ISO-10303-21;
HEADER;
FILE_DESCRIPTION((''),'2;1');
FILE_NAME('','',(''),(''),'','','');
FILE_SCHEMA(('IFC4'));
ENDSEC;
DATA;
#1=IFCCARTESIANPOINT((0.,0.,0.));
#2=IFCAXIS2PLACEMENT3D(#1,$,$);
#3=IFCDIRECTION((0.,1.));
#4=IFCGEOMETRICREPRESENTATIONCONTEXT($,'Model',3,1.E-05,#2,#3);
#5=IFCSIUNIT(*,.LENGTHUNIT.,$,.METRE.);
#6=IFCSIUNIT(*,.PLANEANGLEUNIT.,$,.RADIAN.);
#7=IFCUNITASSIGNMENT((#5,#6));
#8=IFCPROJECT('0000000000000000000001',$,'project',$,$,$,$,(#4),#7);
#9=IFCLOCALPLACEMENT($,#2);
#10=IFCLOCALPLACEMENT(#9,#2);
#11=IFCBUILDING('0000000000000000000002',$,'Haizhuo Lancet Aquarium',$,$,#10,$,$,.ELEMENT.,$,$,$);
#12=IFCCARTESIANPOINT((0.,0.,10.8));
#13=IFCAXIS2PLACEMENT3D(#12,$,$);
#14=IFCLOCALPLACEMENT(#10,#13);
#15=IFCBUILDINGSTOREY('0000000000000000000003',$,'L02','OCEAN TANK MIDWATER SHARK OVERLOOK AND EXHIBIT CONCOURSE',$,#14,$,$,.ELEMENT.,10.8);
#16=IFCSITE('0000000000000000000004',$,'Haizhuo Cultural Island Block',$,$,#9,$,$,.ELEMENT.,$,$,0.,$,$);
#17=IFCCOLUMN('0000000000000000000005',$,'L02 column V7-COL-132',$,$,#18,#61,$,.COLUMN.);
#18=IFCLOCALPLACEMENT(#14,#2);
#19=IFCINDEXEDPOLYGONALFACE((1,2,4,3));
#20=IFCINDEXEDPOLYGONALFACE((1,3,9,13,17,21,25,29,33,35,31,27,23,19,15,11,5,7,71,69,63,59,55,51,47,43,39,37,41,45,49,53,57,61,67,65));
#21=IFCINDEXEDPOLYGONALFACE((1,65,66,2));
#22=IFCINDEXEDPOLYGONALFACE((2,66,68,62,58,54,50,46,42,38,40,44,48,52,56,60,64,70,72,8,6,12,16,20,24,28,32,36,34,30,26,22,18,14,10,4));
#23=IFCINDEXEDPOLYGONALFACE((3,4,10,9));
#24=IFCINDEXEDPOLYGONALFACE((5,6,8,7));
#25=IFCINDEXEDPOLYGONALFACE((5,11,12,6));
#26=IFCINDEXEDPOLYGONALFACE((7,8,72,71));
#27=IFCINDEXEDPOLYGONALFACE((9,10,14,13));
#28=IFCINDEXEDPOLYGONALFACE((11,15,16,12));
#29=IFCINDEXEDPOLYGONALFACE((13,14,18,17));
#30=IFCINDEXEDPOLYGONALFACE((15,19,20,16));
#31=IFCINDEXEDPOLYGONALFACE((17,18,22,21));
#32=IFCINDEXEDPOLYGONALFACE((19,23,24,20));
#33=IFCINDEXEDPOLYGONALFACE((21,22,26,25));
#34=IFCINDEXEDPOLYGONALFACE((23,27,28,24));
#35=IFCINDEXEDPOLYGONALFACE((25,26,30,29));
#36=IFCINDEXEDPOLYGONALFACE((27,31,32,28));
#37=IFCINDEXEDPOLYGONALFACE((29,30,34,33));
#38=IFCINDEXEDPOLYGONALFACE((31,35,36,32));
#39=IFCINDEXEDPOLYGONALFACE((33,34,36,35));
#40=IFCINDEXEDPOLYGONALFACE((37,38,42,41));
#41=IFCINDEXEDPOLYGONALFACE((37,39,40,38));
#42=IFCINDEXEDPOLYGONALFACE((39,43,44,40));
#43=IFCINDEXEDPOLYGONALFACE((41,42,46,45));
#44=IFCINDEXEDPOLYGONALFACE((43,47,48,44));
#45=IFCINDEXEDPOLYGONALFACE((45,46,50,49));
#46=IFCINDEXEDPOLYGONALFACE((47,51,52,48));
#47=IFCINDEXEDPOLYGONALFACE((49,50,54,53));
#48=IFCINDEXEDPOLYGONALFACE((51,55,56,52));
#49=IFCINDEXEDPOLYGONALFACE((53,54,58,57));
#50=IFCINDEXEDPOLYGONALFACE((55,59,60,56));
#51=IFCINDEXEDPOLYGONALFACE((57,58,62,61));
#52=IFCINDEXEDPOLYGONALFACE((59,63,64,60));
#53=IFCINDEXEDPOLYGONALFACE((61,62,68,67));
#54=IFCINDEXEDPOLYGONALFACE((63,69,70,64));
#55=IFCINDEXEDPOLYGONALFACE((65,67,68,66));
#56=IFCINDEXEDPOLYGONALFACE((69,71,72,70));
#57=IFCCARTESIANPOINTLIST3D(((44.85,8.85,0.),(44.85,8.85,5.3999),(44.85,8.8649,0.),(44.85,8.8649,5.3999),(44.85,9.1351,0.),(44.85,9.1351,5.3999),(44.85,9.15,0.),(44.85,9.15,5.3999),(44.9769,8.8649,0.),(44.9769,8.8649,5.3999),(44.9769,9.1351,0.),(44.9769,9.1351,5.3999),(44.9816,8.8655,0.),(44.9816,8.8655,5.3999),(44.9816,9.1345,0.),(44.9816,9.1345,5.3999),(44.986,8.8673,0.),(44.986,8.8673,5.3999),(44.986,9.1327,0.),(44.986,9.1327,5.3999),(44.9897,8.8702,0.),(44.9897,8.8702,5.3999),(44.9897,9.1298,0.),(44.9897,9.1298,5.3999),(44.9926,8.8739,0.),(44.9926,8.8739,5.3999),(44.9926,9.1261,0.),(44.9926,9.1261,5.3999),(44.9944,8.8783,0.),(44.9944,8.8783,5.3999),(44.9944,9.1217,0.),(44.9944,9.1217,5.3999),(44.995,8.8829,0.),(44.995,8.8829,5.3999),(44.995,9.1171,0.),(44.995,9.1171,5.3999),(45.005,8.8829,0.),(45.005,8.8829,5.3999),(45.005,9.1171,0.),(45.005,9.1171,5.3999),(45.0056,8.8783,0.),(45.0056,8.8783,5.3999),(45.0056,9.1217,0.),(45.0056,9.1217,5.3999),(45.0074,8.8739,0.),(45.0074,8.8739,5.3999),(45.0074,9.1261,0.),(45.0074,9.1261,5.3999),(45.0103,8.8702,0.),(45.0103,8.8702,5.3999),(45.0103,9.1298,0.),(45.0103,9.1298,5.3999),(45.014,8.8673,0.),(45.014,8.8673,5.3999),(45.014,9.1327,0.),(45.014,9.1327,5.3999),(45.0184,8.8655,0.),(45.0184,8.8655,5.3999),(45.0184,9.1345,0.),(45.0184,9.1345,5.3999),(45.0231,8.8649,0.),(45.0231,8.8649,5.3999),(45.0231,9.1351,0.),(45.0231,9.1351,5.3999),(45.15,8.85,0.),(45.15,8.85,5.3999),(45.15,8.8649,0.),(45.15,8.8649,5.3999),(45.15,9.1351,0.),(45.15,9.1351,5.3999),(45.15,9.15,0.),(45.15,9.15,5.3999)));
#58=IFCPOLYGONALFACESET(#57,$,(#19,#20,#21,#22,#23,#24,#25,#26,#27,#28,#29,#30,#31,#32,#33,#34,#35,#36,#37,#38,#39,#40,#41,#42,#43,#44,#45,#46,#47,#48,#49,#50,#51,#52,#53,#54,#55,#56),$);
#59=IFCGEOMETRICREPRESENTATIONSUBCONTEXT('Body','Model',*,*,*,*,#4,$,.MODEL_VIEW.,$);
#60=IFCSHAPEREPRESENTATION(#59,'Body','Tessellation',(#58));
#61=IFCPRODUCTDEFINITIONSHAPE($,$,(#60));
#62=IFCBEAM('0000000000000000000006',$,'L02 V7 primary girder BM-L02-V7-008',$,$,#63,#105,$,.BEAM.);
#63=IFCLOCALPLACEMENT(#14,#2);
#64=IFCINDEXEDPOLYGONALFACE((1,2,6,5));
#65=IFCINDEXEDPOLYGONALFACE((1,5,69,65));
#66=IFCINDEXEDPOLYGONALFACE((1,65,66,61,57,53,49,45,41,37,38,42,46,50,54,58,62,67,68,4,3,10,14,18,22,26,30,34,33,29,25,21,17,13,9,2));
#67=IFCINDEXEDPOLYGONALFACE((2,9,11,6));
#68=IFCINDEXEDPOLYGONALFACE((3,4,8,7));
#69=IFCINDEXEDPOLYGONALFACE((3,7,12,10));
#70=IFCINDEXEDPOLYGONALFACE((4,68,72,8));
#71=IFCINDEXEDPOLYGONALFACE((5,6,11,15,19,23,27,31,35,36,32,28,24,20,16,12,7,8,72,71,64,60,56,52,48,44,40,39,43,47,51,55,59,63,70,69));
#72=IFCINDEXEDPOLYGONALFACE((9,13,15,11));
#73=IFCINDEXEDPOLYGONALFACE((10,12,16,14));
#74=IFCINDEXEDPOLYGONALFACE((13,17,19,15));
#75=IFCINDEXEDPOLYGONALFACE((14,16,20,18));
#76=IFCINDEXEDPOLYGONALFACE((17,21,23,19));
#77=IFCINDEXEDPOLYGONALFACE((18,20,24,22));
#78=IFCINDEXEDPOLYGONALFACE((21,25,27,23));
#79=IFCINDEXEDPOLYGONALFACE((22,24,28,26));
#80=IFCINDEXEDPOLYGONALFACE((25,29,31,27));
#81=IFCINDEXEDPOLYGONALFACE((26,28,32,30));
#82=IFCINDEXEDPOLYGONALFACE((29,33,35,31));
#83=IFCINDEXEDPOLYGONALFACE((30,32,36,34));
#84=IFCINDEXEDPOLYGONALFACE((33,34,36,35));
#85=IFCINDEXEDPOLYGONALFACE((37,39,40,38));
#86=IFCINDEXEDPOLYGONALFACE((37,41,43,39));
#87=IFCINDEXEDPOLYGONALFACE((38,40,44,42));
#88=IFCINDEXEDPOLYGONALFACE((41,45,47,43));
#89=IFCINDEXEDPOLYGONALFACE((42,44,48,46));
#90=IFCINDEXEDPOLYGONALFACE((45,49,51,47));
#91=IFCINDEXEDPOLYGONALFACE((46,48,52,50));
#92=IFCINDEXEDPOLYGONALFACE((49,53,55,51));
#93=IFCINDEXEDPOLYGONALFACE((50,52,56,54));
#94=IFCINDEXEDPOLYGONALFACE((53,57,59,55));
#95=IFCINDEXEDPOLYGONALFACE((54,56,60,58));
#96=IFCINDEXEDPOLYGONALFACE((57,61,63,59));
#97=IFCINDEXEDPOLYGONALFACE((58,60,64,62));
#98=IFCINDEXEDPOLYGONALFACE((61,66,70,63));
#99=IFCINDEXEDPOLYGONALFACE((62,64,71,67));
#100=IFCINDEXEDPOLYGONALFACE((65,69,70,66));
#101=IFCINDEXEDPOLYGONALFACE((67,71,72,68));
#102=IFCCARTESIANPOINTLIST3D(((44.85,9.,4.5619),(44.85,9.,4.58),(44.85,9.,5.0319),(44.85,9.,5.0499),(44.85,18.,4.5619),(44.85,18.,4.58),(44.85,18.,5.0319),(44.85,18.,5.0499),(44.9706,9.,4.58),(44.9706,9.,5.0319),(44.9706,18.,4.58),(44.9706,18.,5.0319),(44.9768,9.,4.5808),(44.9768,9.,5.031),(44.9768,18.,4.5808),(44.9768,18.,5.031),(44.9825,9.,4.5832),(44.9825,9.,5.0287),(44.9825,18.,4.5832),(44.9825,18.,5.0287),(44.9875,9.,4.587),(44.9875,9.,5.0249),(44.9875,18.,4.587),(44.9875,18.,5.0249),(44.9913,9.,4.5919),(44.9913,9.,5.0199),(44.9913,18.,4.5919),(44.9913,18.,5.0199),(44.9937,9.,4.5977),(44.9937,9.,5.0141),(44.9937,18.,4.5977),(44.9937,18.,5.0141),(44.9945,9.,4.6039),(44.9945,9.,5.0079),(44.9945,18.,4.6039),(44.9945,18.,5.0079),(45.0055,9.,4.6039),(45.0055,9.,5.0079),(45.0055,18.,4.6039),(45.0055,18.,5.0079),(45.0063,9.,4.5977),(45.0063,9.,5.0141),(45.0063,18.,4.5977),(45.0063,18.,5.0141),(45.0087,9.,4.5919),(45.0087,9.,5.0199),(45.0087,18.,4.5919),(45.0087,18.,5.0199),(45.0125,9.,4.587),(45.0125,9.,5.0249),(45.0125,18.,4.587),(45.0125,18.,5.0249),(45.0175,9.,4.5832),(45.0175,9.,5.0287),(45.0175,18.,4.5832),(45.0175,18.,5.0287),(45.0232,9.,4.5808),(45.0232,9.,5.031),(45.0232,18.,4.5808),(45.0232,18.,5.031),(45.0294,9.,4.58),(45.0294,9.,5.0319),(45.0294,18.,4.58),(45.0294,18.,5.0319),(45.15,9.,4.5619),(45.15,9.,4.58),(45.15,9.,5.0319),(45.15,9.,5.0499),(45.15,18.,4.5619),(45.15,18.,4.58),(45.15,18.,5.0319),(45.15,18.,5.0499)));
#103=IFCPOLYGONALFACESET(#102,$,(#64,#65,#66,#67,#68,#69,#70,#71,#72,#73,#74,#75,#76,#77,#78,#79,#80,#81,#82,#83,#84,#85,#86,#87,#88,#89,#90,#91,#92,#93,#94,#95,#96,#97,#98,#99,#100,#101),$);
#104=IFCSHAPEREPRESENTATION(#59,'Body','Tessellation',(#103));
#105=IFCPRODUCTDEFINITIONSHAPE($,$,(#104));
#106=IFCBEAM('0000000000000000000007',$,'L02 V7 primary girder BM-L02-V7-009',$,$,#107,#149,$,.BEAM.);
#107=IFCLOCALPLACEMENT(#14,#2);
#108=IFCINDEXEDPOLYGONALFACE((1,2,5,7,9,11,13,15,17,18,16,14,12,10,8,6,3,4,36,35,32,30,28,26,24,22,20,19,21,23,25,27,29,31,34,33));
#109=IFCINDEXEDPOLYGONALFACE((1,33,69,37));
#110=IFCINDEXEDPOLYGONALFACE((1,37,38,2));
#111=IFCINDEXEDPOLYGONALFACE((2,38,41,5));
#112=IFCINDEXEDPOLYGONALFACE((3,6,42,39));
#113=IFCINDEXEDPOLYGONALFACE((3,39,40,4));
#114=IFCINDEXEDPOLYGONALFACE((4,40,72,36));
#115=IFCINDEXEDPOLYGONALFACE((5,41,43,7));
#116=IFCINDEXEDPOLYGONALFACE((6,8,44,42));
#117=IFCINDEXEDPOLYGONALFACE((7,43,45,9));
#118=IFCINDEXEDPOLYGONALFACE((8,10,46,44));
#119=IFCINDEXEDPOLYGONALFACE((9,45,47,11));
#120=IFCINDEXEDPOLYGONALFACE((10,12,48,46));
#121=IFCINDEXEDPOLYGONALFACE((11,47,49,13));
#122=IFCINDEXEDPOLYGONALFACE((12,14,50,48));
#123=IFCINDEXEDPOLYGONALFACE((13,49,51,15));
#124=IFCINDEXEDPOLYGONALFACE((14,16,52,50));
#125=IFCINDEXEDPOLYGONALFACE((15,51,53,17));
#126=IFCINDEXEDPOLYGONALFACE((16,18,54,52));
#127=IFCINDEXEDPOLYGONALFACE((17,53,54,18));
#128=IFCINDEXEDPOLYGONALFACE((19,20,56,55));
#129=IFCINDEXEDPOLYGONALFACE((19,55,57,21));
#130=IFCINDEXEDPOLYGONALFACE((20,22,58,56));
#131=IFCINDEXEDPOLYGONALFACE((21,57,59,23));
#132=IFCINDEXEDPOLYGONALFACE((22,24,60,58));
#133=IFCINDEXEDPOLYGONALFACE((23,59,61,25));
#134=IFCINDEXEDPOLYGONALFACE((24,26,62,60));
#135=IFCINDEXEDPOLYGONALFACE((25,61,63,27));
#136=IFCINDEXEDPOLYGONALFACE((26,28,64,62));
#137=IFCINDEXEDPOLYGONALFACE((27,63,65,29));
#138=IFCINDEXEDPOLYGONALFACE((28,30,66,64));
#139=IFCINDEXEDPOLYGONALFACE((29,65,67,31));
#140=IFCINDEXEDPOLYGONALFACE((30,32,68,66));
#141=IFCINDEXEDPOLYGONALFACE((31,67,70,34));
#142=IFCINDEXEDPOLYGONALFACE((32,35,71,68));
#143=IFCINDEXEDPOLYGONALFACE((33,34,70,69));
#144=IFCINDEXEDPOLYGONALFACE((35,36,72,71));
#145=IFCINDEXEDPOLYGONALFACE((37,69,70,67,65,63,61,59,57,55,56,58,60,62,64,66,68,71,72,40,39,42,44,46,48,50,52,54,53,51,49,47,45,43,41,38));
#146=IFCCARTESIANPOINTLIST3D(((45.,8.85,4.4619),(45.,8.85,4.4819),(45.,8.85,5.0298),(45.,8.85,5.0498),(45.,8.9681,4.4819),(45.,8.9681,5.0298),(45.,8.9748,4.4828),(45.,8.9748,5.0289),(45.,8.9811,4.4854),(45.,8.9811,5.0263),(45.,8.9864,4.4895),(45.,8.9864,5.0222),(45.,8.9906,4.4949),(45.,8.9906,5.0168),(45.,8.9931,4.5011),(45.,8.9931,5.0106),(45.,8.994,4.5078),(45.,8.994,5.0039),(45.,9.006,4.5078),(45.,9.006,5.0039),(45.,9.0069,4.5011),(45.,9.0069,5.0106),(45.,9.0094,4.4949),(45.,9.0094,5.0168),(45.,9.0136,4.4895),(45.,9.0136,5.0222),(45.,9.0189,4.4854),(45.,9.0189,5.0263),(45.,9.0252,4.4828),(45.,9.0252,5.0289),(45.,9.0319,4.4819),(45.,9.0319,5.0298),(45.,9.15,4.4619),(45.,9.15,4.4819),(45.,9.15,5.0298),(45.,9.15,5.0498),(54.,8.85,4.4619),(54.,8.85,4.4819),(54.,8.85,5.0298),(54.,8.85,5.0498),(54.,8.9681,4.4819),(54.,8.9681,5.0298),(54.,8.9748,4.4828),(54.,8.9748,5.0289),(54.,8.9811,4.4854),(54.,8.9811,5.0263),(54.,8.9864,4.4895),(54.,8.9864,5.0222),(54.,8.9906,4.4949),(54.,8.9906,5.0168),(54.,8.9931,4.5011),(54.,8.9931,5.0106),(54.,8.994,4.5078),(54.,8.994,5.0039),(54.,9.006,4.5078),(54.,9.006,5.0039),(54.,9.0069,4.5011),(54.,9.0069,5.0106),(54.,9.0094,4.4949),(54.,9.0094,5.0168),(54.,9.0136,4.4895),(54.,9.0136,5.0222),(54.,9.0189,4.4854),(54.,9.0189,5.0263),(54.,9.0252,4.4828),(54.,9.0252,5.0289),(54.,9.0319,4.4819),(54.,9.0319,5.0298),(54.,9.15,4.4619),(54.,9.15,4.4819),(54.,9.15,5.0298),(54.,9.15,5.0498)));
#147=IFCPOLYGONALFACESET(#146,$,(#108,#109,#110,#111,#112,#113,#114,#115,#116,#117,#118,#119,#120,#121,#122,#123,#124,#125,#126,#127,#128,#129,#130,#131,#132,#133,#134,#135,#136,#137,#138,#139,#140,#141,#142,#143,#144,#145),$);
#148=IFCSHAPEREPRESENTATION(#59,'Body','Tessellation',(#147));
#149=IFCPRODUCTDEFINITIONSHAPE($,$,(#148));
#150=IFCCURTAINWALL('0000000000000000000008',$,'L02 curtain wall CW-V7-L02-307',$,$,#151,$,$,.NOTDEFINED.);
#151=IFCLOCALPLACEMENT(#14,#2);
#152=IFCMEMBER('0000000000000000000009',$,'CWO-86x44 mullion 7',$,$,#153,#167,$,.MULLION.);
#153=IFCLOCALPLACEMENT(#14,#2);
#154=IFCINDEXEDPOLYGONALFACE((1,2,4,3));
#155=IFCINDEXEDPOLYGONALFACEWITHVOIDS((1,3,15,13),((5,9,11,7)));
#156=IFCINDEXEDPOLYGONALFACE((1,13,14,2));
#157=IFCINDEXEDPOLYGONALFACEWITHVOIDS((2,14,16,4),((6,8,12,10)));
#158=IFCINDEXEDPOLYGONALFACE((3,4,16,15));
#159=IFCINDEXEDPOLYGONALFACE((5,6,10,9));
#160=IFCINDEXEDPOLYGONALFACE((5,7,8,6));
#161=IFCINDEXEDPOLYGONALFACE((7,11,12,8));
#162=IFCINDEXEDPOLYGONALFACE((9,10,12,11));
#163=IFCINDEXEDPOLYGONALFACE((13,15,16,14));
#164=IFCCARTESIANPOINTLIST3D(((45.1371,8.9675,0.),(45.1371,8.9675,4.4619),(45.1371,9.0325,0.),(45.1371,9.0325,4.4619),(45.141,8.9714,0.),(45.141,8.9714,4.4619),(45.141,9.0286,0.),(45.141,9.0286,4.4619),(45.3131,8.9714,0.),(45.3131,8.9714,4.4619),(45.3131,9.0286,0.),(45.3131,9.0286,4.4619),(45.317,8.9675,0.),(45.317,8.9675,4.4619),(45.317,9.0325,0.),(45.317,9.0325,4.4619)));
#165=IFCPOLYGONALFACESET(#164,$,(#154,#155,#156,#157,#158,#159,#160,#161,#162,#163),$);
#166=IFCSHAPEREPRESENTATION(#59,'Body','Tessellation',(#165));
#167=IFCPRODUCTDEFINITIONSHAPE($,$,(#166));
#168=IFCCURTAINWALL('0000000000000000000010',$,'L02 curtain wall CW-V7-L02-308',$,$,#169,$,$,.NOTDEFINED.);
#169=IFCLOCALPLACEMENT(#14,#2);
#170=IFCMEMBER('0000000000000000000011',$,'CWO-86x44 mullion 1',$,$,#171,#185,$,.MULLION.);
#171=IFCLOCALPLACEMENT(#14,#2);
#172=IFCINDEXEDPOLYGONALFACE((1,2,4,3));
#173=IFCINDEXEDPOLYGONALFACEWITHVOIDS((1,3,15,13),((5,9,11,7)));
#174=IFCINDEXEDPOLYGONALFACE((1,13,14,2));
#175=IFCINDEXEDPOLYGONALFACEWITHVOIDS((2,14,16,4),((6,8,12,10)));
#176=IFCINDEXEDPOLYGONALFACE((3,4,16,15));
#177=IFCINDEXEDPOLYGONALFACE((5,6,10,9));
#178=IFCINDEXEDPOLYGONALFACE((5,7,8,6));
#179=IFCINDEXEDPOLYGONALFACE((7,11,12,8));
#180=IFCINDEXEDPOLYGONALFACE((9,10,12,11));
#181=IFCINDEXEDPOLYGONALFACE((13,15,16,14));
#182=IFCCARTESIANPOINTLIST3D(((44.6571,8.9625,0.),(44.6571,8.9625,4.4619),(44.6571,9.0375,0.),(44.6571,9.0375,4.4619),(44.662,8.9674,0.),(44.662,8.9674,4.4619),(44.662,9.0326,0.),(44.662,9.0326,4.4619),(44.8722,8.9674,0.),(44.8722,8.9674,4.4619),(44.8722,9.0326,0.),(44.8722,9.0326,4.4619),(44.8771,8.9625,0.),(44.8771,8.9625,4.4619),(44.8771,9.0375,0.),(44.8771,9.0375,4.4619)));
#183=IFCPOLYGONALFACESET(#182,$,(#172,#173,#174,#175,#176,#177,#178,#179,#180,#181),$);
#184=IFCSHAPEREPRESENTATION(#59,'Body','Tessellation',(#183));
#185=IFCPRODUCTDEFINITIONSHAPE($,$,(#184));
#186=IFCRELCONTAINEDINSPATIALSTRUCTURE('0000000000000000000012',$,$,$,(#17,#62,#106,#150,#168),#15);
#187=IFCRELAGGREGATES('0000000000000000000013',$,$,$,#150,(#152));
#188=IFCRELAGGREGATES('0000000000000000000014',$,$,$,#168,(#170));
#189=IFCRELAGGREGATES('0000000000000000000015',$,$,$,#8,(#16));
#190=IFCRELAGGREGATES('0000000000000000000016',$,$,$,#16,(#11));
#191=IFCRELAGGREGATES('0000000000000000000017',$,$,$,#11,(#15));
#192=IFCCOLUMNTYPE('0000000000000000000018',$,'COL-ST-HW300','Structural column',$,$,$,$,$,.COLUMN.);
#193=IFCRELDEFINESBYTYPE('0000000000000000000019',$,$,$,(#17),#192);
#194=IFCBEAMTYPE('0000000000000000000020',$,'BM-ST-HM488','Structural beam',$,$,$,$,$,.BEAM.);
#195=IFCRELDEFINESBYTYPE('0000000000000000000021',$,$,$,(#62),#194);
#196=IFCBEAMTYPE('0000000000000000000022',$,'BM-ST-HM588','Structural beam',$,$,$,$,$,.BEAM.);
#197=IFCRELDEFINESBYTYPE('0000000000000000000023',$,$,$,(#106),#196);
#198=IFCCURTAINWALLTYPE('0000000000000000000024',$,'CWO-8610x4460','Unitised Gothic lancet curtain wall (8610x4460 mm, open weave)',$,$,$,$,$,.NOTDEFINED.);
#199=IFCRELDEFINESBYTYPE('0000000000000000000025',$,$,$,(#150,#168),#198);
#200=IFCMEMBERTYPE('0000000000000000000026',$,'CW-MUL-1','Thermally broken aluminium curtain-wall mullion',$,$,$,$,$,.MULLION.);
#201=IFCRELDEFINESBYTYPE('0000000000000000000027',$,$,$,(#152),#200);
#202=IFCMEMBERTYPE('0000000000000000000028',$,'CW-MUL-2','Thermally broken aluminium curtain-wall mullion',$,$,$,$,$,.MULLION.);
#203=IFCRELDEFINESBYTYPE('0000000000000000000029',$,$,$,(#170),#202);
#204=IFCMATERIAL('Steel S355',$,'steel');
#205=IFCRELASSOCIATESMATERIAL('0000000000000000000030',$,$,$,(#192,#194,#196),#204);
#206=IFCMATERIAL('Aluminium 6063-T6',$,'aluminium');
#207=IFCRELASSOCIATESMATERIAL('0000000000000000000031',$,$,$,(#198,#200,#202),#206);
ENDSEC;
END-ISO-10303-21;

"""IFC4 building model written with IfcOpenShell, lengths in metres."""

from ifc_helpers import new_model, si_unit, direction, frame, origin, origin_2d, place, context, subcontext, project, spatial, hollow_rectangle, i_section, extrude, material, material_profile, profile_set, type_object, element, aggregate, save


model = new_model("IFC4")

# Units and contexts
model_context = context("Model", 3, precision=1e-05, world=origin(), true_north=direction((0.0, 1.0)))
body_context = subcontext(model_context, "Body", "Model", "MODEL_VIEW")
ifc_project = project(units=[si_unit("LENGTHUNIT", "METRE"), si_unit("PLANEANGLEUNIT", "RADIAN")], contexts=[model_context])

# Site, building, storey
site_placement = place(None, origin())
site = spatial("IfcSite", under=ifc_project, at=site_placement, Name="Haizhuo Cultural Island Block", CompositionType="ELEMENT", RefElevation=0.0)
building_placement = place(site_placement, origin())
building = spatial("IfcBuilding", under=site, at=building_placement, Name="Haizhuo Lancet Aquarium", CompositionType="ELEMENT")
storey_placement = place(building_placement, frame((0.0, 0.0, 10.8)))
storey = spatial("IfcBuildingStorey", under=building, at=storey_placement, Name="L02", Description="OCEAN TANK MIDWATER SHARK OVERLOOK AND EXHIBIT CONCOURSE", CompositionType="ELEMENT", Elevation=10.8)

# Column
ifc_material_1 = material(Name="Steel S355", Category="steel")
ifc_material_profile_1 = material_profile(ifc_material_1, i_section(OverallWidth=0.3, OverallDepth=0.3, WebThickness=0.01, FlangeThickness=0.0149, FilletRadius=0.0181, at=origin_2d()), Name="HW 300x300x10x15")
ifc_profile_set_1 = profile_set([ifc_material_profile_1], Name="Steel S355")
column_type = type_object("IfcColumnType", Name="COL-ST-HW300", Description="Structural column", PredefinedType="COLUMN", material=ifc_profile_set_1)
column_placement = place(storey_placement, frame((45.0, 9.0, 0.0), z_axis=(0.0, 0.0, 1.0), x_axis=(1.0, 0.0, 0.0)))
element("IfcColumn", 1, at=column_placement, inside=storey, type_object=column_type, Name="L02 column V7-COL-132", PredefinedType="COLUMN", context=body_context, shape_type="SweptSolid", body=[
    extrude(i_section(OverallWidth=0.3, OverallDepth=0.3, WebThickness=0.01, FlangeThickness=0.0149, FilletRadius=0.0181, at=origin_2d()), origin(), (0.0, 0.0, 1.0), 5.3999),
])

# Beams
ifc_material_profile_2 = material_profile(ifc_material_1, i_section(OverallWidth=0.3, OverallDepth=0.488, WebThickness=0.011, FlangeThickness=0.0181, FilletRadius=0.0239, at=origin_2d()), Name="HM 488x300x11x18")
ifc_profile_set_2 = profile_set([ifc_material_profile_2], Name="Steel S355")
beam_type_1 = type_object("IfcBeamType", Name="BM-ST-HM488", Description="Structural beam", PredefinedType="BEAM", material=ifc_profile_set_2)
beam_1_placement = place(storey_placement, frame((45.0, 9.0, 4.8059), z_axis=(0.0, 1.0, 0.0), x_axis=(-1.0, 0.0, 0.0)))
element("IfcBeam", 2, at=beam_1_placement, inside=storey, type_object=beam_type_1, Name="L02 V7 primary girder BM-L02-V7-008", PredefinedType="BEAM", context=body_context, shape_type="SweptSolid", body=[
    extrude(i_section(OverallWidth=0.3, OverallDepth=0.488, WebThickness=0.011, FlangeThickness=0.0181, FilletRadius=0.0239, at=origin_2d()), origin(), (0.0, 0.0, 1.0), 9.0),
])
ifc_material_profile_3 = material_profile(ifc_material_1, i_section(OverallWidth=0.3, OverallDepth=0.5879, WebThickness=0.012, FlangeThickness=0.02, FilletRadius=0.0259, at=origin_2d()), Name="HM 588x300x12x20")
ifc_profile_set_3 = profile_set([ifc_material_profile_3], Name="Steel S355")
beam_type_2 = type_object("IfcBeamType", Name="BM-ST-HM588", Description="Structural beam", PredefinedType="BEAM", material=ifc_profile_set_3)
beam_2_placement = place(storey_placement, frame((45.0, 9.0, 4.7559), z_axis=(1.0, 0.0, 0.0), x_axis=(0.0, 1.0, 0.0)))
element("IfcBeam", 3, at=beam_2_placement, inside=storey, type_object=beam_type_2, Name="L02 V7 primary girder BM-L02-V7-009", PredefinedType="BEAM", context=body_context, shape_type="SweptSolid", body=[
    extrude(i_section(OverallWidth=0.3, OverallDepth=0.5879, WebThickness=0.012, FlangeThickness=0.02, FilletRadius=0.0259, at=origin_2d()), origin(), (0.0, 0.0, 1.0), 9.0),
])

# Curtain wall, member
ifc_material_2 = material(Name="Aluminium 6063-T6", Category="aluminium")
curtain_wall_type = type_object("IfcCurtainWallType", Name="CWO-8610x4460", Description="Unitised Gothic lancet curtain wall (8610x4460 mm, open weave)", PredefinedType="NOTDEFINED", material=ifc_material_2)
curtain_wall_1_placement = place(storey_placement, origin())
curtain_wall_1 = element("IfcCurtainWall", 4, at=curtain_wall_1_placement, inside=storey, type_object=curtain_wall_type, Name="L02 curtain wall CW-V7-L02-307", PredefinedType="NOTDEFINED")
ifc_material_profile_4 = material_profile(ifc_material_2, hollow_rectangle(XDim=0.0649, YDim=0.1799, WallThickness=0.0039, at=origin_2d()), Name="ALU-M 65x180x4")
ifc_profile_set_4 = profile_set([ifc_material_profile_4], Name="Aluminium 6063-T6")
member_type_1 = type_object("IfcMemberType", Name="CW-MUL-1", Description="Thermally broken aluminium curtain-wall mullion", PredefinedType="MULLION", material=ifc_profile_set_4)
member_1_placement = place(storey_placement, frame((45.2271, 9.0, 0.0), z_axis=(0.0, 0.0, 1.0), x_axis=(0.0, -1.0, 0.0)))
member_1 = element("IfcMember", 5, at=member_1_placement, type_object=member_type_1, Name="CWO-86x44 mullion 7", PredefinedType="MULLION", context=body_context, shape_type="SweptSolid", body=[
    extrude(hollow_rectangle(XDim=0.0649, YDim=0.1799, WallThickness=0.0039, at=origin_2d()), origin(), (0.0, 0.0, 1.0), 4.4619),
])

# Curtain wall, member
curtain_wall_2_placement = place(storey_placement, origin())
curtain_wall_2 = element("IfcCurtainWall", 6, at=curtain_wall_2_placement, inside=storey, type_object=curtain_wall_type, Name="L02 curtain wall CW-V7-L02-308", PredefinedType="NOTDEFINED")
ifc_material_profile_5 = material_profile(ifc_material_2, hollow_rectangle(XDim=0.075, YDim=0.22, WallThickness=0.0049, at=origin_2d()), Name="ALU-M 75x220x5")
ifc_profile_set_5 = profile_set([ifc_material_profile_5], Name="Aluminium 6063-T6")
member_type_2 = type_object("IfcMemberType", Name="CW-MUL-2", Description="Thermally broken aluminium curtain-wall mullion", PredefinedType="MULLION", material=ifc_profile_set_5)
member_2_placement = place(storey_placement, frame((44.7671, 9.0, 0.0), z_axis=(0.0, 0.0, 1.0), x_axis=(0.0, -1.0, 0.0)))
member_2 = element("IfcMember", 7, at=member_2_placement, type_object=member_type_2, Name="CWO-86x44 mullion 1", PredefinedType="MULLION", context=body_context, shape_type="SweptSolid", body=[
    extrude(hollow_rectangle(XDim=0.075, YDim=0.22, WallThickness=0.0049, at=origin_2d()), origin(), (0.0, 0.0, 1.0), 4.4619),
])

aggregate(curtain_wall_1, [member_1])
aggregate(curtain_wall_2, [member_2])

save(model, "model.ifc")
